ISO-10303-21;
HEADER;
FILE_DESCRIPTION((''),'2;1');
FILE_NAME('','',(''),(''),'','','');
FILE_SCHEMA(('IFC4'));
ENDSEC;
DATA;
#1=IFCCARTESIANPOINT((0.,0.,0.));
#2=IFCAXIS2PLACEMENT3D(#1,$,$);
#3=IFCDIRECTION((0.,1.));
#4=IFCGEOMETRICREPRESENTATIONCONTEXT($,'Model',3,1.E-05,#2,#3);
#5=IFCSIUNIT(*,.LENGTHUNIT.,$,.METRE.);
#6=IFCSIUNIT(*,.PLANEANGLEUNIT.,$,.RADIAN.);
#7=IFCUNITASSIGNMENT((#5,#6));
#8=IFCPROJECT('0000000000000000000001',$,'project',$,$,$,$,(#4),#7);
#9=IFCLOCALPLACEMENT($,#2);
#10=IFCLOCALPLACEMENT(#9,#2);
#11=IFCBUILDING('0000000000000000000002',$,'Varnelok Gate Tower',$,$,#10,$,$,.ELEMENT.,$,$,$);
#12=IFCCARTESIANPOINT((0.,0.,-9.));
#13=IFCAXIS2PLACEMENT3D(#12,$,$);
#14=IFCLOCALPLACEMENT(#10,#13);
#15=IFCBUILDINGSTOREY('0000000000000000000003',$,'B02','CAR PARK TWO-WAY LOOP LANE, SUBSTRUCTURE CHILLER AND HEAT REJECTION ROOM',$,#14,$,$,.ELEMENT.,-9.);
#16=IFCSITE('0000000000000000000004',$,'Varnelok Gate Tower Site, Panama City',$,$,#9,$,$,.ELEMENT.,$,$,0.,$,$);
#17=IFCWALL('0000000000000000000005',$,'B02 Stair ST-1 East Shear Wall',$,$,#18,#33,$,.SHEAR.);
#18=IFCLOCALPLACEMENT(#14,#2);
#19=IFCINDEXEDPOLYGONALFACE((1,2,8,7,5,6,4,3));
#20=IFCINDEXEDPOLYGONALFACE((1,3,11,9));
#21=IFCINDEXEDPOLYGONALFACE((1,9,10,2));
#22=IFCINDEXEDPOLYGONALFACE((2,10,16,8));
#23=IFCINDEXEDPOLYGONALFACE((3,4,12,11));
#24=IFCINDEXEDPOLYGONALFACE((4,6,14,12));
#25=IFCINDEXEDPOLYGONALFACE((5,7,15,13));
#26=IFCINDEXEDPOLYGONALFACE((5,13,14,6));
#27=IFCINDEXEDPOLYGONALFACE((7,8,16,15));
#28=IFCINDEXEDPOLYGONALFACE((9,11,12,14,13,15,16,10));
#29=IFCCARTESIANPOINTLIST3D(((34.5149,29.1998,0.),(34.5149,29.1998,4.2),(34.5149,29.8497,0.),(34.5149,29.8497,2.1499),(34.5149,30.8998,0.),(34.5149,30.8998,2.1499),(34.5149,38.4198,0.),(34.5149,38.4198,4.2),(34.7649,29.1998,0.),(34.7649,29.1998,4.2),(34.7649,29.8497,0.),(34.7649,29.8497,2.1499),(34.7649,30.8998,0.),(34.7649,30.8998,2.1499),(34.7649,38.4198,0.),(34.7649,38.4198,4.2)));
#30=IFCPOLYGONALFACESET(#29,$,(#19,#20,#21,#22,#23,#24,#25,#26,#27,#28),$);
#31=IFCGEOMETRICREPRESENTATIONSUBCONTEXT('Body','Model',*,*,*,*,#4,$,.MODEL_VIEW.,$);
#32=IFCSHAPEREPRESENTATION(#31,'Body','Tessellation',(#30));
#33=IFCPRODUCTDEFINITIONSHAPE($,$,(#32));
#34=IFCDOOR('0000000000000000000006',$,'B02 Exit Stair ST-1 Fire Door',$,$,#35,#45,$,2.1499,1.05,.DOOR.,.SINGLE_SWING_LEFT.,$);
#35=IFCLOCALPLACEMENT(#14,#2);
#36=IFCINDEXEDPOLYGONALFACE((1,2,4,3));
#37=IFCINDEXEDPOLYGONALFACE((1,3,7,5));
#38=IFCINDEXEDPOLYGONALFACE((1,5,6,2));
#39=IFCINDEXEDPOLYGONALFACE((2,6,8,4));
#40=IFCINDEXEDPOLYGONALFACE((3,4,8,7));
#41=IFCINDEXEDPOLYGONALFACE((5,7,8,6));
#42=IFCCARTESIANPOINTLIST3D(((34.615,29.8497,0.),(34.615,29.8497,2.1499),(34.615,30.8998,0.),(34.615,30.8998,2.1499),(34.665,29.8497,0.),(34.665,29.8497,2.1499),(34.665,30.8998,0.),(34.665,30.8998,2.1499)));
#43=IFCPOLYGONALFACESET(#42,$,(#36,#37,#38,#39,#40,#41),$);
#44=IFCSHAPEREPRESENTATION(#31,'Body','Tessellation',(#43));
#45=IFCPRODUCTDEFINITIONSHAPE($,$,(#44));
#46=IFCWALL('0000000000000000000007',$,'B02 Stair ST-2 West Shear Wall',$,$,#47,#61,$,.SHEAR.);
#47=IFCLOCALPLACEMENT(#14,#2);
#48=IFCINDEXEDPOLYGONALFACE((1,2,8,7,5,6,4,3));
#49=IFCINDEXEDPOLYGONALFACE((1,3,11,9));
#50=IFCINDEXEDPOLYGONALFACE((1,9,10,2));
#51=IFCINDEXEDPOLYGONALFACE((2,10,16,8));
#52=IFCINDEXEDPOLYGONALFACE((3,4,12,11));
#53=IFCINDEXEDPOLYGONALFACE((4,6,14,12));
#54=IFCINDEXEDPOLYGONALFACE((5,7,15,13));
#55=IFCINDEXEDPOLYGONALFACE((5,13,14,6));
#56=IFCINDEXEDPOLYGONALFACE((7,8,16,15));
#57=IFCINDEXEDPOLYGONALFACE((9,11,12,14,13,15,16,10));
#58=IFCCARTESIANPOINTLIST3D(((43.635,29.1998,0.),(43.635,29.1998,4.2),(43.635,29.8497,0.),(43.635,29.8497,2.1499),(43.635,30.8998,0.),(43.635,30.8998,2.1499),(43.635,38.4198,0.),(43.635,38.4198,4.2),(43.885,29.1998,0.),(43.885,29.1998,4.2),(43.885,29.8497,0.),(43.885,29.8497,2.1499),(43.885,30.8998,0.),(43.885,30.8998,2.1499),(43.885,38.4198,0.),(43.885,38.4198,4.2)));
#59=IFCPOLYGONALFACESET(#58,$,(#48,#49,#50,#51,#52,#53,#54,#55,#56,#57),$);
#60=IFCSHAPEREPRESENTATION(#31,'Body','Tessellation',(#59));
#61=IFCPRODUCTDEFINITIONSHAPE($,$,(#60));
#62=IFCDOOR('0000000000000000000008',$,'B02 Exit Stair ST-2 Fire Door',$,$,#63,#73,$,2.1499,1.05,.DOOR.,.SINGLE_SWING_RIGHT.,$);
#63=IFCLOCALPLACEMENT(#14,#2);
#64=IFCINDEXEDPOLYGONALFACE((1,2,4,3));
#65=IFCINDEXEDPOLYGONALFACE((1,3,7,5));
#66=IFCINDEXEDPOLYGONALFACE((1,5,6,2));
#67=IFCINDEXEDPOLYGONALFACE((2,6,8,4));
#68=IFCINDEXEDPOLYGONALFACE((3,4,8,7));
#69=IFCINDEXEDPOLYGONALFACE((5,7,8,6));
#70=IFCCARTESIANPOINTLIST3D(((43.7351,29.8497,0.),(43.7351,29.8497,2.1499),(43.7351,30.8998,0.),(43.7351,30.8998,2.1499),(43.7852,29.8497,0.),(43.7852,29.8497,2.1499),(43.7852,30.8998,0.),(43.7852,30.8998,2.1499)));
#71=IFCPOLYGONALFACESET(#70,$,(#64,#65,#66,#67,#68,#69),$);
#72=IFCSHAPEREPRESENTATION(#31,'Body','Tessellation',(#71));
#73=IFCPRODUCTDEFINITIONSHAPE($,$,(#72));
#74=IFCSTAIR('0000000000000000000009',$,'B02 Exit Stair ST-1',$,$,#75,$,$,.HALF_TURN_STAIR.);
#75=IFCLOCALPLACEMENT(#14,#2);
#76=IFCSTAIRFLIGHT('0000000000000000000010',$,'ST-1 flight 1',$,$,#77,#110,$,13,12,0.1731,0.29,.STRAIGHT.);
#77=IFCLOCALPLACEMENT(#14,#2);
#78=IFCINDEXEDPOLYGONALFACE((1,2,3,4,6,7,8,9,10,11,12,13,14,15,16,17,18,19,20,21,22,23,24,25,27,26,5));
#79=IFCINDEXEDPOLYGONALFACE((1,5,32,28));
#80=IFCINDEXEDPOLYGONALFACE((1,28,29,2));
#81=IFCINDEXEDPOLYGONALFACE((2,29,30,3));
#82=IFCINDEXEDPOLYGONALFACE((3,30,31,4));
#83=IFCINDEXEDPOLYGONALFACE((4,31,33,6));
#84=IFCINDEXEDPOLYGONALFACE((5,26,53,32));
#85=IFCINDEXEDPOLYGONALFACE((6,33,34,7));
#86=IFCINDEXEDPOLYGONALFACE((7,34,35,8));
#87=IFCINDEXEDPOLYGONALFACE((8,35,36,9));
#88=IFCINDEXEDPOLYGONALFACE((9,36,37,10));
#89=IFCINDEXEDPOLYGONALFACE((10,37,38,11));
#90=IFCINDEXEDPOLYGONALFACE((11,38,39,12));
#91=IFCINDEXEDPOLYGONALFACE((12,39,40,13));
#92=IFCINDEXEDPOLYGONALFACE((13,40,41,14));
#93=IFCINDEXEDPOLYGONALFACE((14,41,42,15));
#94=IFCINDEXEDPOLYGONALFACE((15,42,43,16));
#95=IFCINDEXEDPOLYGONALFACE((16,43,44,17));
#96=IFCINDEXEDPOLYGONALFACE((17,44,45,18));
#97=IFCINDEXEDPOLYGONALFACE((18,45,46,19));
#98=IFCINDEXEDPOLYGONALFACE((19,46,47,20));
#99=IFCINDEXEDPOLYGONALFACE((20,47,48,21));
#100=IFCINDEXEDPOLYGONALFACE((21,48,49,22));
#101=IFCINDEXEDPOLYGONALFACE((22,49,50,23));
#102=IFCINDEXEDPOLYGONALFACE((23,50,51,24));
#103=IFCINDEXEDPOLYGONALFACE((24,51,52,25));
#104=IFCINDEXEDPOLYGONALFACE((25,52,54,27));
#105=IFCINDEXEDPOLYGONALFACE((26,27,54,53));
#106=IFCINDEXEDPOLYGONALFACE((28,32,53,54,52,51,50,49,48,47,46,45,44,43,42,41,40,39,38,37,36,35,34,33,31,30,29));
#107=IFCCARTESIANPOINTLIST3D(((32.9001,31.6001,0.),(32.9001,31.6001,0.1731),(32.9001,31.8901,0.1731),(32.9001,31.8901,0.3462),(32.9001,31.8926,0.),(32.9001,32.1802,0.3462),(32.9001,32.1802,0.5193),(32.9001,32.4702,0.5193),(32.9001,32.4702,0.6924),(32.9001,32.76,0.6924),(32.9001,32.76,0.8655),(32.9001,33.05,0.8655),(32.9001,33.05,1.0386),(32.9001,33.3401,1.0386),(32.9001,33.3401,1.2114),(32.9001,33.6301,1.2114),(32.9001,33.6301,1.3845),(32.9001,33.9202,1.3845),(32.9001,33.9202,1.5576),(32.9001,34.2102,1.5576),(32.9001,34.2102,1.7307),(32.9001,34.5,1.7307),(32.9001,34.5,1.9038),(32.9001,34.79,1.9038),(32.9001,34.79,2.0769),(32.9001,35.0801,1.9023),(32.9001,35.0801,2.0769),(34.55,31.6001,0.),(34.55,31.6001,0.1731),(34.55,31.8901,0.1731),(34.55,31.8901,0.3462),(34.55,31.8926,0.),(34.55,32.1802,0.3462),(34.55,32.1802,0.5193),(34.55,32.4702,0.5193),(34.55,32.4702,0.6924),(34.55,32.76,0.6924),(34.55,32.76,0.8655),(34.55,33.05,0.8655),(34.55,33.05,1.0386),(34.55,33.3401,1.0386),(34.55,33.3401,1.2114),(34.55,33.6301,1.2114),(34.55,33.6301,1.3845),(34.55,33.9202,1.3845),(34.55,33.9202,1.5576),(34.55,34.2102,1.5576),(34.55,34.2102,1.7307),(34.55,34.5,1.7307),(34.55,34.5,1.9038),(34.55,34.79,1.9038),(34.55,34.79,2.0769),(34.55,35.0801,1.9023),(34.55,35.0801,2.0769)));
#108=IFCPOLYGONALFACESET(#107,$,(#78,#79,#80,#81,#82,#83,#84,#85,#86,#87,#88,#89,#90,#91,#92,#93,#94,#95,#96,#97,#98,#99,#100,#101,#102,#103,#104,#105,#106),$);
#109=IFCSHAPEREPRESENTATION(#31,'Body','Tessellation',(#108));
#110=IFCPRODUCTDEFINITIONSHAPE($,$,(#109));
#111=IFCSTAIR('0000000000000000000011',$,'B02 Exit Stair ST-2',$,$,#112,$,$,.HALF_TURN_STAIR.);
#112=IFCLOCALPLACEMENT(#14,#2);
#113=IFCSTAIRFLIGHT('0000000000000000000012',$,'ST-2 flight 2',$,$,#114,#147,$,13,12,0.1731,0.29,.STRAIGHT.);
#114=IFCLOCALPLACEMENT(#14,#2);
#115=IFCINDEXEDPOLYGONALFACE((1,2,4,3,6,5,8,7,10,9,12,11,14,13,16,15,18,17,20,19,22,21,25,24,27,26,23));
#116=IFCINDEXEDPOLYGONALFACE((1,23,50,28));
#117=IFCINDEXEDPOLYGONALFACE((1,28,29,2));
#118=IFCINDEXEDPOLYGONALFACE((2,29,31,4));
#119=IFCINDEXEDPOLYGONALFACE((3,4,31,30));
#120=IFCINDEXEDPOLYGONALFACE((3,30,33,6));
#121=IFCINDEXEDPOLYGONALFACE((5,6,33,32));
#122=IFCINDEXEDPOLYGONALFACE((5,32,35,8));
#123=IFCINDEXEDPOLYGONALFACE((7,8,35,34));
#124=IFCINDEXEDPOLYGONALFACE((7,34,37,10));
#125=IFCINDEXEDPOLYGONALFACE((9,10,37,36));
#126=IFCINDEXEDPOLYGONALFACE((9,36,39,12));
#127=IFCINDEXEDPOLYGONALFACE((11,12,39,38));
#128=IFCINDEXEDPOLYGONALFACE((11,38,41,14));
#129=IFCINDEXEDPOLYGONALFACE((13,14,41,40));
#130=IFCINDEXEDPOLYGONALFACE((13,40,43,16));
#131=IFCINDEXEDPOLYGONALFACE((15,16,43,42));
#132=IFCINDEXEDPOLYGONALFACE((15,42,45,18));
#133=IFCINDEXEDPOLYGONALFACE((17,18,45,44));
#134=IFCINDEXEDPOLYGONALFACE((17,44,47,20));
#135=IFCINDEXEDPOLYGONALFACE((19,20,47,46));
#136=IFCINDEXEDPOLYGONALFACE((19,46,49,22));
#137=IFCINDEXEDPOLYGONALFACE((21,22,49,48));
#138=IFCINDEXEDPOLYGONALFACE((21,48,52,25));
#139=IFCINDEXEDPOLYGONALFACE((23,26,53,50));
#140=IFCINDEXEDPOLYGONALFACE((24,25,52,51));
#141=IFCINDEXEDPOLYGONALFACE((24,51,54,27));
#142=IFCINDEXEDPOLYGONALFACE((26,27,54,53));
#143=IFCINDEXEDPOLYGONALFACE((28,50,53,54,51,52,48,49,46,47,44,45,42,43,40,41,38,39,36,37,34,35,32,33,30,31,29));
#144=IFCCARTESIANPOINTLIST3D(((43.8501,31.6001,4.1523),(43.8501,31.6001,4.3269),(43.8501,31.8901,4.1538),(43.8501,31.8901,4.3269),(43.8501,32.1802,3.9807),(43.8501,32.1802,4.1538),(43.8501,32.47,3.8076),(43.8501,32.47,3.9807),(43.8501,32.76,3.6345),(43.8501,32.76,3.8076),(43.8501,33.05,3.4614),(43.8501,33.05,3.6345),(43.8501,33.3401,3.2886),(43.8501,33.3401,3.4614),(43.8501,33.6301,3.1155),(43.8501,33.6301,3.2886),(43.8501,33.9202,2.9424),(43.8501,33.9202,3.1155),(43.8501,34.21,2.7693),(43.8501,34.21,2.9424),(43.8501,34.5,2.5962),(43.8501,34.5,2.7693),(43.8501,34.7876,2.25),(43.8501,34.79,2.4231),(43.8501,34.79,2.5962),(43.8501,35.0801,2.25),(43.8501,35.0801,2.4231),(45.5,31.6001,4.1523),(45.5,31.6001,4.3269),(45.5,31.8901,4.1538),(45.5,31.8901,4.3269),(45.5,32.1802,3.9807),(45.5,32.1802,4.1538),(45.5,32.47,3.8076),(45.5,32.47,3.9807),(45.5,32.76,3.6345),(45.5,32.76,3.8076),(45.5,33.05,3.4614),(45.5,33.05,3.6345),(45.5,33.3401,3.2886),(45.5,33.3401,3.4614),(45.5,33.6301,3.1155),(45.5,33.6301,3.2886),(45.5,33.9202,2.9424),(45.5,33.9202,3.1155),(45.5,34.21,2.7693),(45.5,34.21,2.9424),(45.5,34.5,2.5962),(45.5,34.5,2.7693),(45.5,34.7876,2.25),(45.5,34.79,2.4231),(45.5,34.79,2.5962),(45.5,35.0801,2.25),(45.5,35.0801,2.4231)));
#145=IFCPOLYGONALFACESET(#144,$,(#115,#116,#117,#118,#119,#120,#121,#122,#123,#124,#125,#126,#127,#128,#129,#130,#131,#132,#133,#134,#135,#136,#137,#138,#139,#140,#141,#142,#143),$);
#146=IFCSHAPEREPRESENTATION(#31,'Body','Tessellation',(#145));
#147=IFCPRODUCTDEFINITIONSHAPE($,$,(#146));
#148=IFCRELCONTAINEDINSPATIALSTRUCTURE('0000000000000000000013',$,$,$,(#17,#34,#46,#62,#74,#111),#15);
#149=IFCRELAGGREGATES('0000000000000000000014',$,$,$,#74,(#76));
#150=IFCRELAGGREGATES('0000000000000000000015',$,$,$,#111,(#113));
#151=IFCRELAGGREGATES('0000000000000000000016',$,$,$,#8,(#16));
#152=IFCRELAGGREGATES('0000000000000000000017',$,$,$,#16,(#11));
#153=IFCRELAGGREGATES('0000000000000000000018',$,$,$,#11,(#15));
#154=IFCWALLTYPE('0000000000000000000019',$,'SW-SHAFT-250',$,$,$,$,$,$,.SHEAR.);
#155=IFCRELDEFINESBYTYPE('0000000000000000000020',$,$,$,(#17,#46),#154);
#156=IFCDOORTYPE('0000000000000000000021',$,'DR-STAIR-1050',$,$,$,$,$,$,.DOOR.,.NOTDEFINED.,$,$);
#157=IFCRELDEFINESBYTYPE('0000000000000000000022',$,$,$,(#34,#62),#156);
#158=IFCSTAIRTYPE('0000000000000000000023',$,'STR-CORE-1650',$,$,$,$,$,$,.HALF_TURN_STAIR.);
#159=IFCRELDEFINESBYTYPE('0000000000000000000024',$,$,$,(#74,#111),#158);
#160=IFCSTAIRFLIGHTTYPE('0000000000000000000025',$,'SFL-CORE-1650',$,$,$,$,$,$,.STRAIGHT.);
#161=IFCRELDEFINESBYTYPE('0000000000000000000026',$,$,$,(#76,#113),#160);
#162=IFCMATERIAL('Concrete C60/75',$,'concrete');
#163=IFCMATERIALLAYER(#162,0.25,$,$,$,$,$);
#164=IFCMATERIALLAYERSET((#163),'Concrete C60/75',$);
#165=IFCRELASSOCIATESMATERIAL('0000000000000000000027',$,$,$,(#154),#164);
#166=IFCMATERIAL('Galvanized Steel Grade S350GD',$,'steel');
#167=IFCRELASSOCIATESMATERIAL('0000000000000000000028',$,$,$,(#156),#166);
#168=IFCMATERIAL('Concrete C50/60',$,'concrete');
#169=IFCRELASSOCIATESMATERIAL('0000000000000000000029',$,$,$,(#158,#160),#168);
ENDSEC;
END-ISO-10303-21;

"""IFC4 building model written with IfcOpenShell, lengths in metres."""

from ifc_helpers import new_model, si_unit, direction, frame, frame_2d, origin, place, context, subcontext, project, spatial, polyline, rectangle, outline, extrude, material, layer, layer_set, type_object, element, fill, aggregate, save


model = new_model("IFC4")

# Units and contexts
model_context = context("Model", 3, precision=1e-05, world=origin(), true_north=direction((0.0, 1.0)))
body_context = subcontext(model_context, "Body", "Model", "MODEL_VIEW")
ifc_project = project(units=[si_unit("LENGTHUNIT", "METRE"), si_unit("PLANEANGLEUNIT", "RADIAN")], contexts=[model_context])

# Site, building, storey
site_placement = place(None, origin())
site = spatial("IfcSite", under=ifc_project, at=site_placement, Name="Varnelok Gate Tower Site, Panama City", CompositionType="ELEMENT", RefElevation=0.0)
building_placement = place(site_placement, origin())
building = spatial("IfcBuilding", under=site, at=building_placement, Name="Varnelok Gate Tower", CompositionType="ELEMENT")
storey_placement = place(building_placement, frame((0.0, 0.0, -9.0)))
storey = spatial("IfcBuildingStorey", under=building, at=storey_placement, Name="B02", Description="CAR PARK TWO-WAY LOOP LANE, SUBSTRUCTURE CHILLER AND HEAT REJECTION ROOM", CompositionType="ELEMENT", Elevation=-9.0)

# Shared definitions
ifc_material_1 = material(Name="Galvanized Steel Grade S350GD", Category="steel")

# Walls, openings, doors
ifc_material_2 = material(Name="Concrete C60/75", Category="concrete")
ifc_layer_1 = layer(ifc_material_2, 0.25)
ifc_layer_set_1 = layer_set([ifc_layer_1], Name="Concrete C60/75")
wall_type_1 = type_object("IfcWallType", Name="SW-SHAFT-250", PredefinedType="SHEAR", material=ifc_layer_set_1)
wall_1_placement = place(storey_placement, frame((34.6399, 29.2, 0.0), z_axis=(0.0, 0.0, 1.0), x_axis=(0.0, 1.0, 0.0)))
wall_1 = element("IfcWall", 1, at=wall_1_placement, inside=storey, type_object=wall_type_1, Name="B02 Stair ST-1 East Shear Wall", PredefinedType="SHEAR", context=body_context, shape_type="SweptSolid", body=[
    extrude(rectangle(XDim=9.22, YDim=0.25, at=frame_2d((4.6099, 0.0))), origin(), (0.0, 0.0, 1.0), 4.2),
])
opening_1_placement = place(wall_1_placement, frame((0.6499, 0.0, 0.0)))
opening_1 = element("IfcOpeningElement", 2, at=opening_1_placement, cuts=wall_1, PredefinedType="OPENING", context=body_context, shape_type="SweptSolid", body=[
    extrude(rectangle(XDim=1.05, YDim=2.1499, at=frame_2d((0.5249, 1.075))), frame((0.0, 0.135, 0.0), z_axis=(0.0, -1.0, 0.0), x_axis=(1.0, 0.0, 0.0)), (0.0, 0.0, 1.0), 0.27),
])
door_type_1 = type_object("IfcDoorType", Name="DR-STAIR-1050", OperationType="NOTDEFINED", PredefinedType="DOOR", material=ifc_material_1)
door_1_placement = place(opening_1_placement, origin())
door_1 = element("IfcDoor", 3, at=door_1_placement, inside=storey, type_object=door_type_1, Name="B02 Exit Stair ST-1 Fire Door", OperationType="SINGLE_SWING_LEFT", OverallHeight=2.1499, OverallWidth=1.05, PredefinedType="DOOR", context=body_context, shape_type="SweptSolid", body=[
    extrude(rectangle(XDim=1.05, YDim=2.1499, at=frame_2d((0.5249, 1.075))), frame((0.0, 0.0249, 0.0), z_axis=(0.0, -1.0, 0.0), x_axis=(1.0, 0.0, 0.0)), (0.0, 0.0, 1.0), 0.05),
])
fill(opening_1, door_1)
wall_2_placement = place(storey_placement, frame((43.76, 29.2, 0.0), z_axis=(0.0, 0.0, 1.0), x_axis=(0.0, 1.0, 0.0)))
wall_2 = element("IfcWall", 4, at=wall_2_placement, inside=storey, type_object=wall_type_1, Name="B02 Stair ST-2 West Shear Wall", PredefinedType="SHEAR", context=body_context, shape_type="SweptSolid", body=[
    extrude(rectangle(XDim=9.22, YDim=0.25, at=frame_2d((4.6099, 0.0))), origin(), (0.0, 0.0, 1.0), 4.2),
])
opening_2_placement = place(wall_2_placement, frame((0.6499, 0.0, 0.0)))
opening_2 = element("IfcOpeningElement", 5, at=opening_2_placement, cuts=wall_2, PredefinedType="OPENING", context=body_context, shape_type="SweptSolid", body=[
    extrude(rectangle(XDim=1.05, YDim=2.1499, at=frame_2d((0.5249, 1.075))), frame((0.0, 0.135, 0.0), z_axis=(0.0, -1.0, 0.0), x_axis=(1.0, 0.0, 0.0)), (0.0, 0.0, 1.0), 0.27),
])
door_2_placement = place(opening_2_placement, origin())
door_2 = element("IfcDoor", 6, at=door_2_placement, inside=storey, type_object=door_type_1, Name="B02 Exit Stair ST-2 Fire Door", OperationType="SINGLE_SWING_RIGHT", OverallHeight=2.1499, OverallWidth=1.05, PredefinedType="DOOR", context=body_context, shape_type="SweptSolid", body=[
    extrude(rectangle(XDim=1.05, YDim=2.1499, at=frame_2d((0.5249, 1.075))), frame((0.0, 0.0249, 0.0), z_axis=(0.0, -1.0, 0.0), x_axis=(1.0, 0.0, 0.0)), (0.0, 0.0, 1.0), 0.05),
])
fill(opening_2, door_2)

# Stairs, stair flights
ifc_material_3 = material(Name="Concrete C50/60", Category="concrete")
stair_type = type_object("IfcStairType", Name="STR-CORE-1650", PredefinedType="HALF_TURN_STAIR", material=ifc_material_3)
stair_1_placement = place(storey_placement, origin())
stair_1 = element("IfcStair", 7, at=stair_1_placement, inside=storey, type_object=stair_type, Name="B02 Exit Stair ST-1", PredefinedType="HALF_TURN_STAIR")
stair_flight_type = type_object("IfcStairFlightType", Name="SFL-CORE-1650", PredefinedType="STRAIGHT", material=ifc_material_3)
stair_flight_1_placement = place(storey_placement, frame((33.7251, 31.6001, 0.0), z_axis=(0.0, 0.0, 1.0), x_axis=(0.0, 1.0, 0.0)))
stair_flight_1 = element("IfcStairFlight", 8, at=stair_flight_1_placement, type_object=stair_flight_type, Name="ST-1 flight 1", NumberOfRisers=13, NumberOfTreads=12, PredefinedType="STRAIGHT", RiserHeight=0.1731, TreadLength=0.29, context=body_context, shape_type="SweptSolid", body=[
    extrude(outline(polyline([(0.0, 0.0), (0.0, 0.1731), (0.29, 0.1731), (0.29, 0.3462), (0.5801, 0.3462), (0.5801, 0.5193), (0.8701, 0.5193), (0.8701, 0.6924), (1.1599, 0.6924), (1.1599, 0.8655), (1.45, 0.8655), (1.45, 1.0386), (1.74, 1.0386), (1.74, 1.2114), (2.03, 1.2114), (2.03, 1.3845), (2.3201, 1.3845), (2.3201, 1.5576), (2.6101, 1.5576), (2.6101, 1.7307), (2.8999, 1.7307), (2.8999, 1.9038), (3.1899, 1.9038), (3.1899, 2.0769), (3.48, 2.0769), (3.48, 2.25), (3.48, 1.9023), (0.2925, 0.0), (0.0, 0.0)])), frame((0.0, 0.825, 0.0), z_axis=(0.0, -1.0, 0.0), x_axis=(1.0, 0.0, 0.0)), (0.0, 0.0, 1.0), 1.6499),
])
aggregate(stair_1, [stair_flight_1])
stair_2_placement = place(storey_placement, origin())
stair_2 = element("IfcStair", 9, at=stair_2_placement, inside=storey, type_object=stair_type, Name="B02 Exit Stair ST-2", PredefinedType="HALF_TURN_STAIR")
stair_flight_2_placement = place(storey_placement, frame((44.675, 35.0801, 2.25), z_axis=(0.0, 0.0, 1.0), x_axis=(0.0, -1.0, 0.0)))
stair_flight_2 = element("IfcStairFlight", 10, at=stair_flight_2_placement, type_object=stair_flight_type, Name="ST-2 flight 2", NumberOfRisers=13, NumberOfTreads=12, PredefinedType="STRAIGHT", RiserHeight=0.1731, TreadLength=0.29, context=body_context, shape_type="SweptSolid", body=[
    extrude(outline(polyline([(0.0, 0.0), (0.0, 0.1731), (0.29, 0.1731), (0.29, 0.3462), (0.5801, 0.3462), (0.5801, 0.5193), (0.8701, 0.5193), (0.8701, 0.6924), (1.1599, 0.6924), (1.1599, 0.8655), (1.45, 0.8655), (1.45, 1.0386), (1.74, 1.0386), (1.74, 1.2114), (2.03, 1.2114), (2.03, 1.3845), (2.3201, 1.3845), (2.3201, 1.5576), (2.6101, 1.5576), (2.6101, 1.7307), (2.8999, 1.7307), (2.8999, 1.9038), (3.1899, 1.9038), (3.1899, 2.0769), (3.48, 2.0769), (3.48, 2.25), (3.48, 1.9023), (0.2925, 0.0), (0.0, 0.0)])), frame((0.0, 0.825, 0.0), z_axis=(0.0, -1.0, 0.0), x_axis=(1.0, 0.0, 0.0)), (0.0, 0.0, 1.0), 1.6499),
])
aggregate(stair_2, [stair_flight_2])

save(model, "model.ifc")
